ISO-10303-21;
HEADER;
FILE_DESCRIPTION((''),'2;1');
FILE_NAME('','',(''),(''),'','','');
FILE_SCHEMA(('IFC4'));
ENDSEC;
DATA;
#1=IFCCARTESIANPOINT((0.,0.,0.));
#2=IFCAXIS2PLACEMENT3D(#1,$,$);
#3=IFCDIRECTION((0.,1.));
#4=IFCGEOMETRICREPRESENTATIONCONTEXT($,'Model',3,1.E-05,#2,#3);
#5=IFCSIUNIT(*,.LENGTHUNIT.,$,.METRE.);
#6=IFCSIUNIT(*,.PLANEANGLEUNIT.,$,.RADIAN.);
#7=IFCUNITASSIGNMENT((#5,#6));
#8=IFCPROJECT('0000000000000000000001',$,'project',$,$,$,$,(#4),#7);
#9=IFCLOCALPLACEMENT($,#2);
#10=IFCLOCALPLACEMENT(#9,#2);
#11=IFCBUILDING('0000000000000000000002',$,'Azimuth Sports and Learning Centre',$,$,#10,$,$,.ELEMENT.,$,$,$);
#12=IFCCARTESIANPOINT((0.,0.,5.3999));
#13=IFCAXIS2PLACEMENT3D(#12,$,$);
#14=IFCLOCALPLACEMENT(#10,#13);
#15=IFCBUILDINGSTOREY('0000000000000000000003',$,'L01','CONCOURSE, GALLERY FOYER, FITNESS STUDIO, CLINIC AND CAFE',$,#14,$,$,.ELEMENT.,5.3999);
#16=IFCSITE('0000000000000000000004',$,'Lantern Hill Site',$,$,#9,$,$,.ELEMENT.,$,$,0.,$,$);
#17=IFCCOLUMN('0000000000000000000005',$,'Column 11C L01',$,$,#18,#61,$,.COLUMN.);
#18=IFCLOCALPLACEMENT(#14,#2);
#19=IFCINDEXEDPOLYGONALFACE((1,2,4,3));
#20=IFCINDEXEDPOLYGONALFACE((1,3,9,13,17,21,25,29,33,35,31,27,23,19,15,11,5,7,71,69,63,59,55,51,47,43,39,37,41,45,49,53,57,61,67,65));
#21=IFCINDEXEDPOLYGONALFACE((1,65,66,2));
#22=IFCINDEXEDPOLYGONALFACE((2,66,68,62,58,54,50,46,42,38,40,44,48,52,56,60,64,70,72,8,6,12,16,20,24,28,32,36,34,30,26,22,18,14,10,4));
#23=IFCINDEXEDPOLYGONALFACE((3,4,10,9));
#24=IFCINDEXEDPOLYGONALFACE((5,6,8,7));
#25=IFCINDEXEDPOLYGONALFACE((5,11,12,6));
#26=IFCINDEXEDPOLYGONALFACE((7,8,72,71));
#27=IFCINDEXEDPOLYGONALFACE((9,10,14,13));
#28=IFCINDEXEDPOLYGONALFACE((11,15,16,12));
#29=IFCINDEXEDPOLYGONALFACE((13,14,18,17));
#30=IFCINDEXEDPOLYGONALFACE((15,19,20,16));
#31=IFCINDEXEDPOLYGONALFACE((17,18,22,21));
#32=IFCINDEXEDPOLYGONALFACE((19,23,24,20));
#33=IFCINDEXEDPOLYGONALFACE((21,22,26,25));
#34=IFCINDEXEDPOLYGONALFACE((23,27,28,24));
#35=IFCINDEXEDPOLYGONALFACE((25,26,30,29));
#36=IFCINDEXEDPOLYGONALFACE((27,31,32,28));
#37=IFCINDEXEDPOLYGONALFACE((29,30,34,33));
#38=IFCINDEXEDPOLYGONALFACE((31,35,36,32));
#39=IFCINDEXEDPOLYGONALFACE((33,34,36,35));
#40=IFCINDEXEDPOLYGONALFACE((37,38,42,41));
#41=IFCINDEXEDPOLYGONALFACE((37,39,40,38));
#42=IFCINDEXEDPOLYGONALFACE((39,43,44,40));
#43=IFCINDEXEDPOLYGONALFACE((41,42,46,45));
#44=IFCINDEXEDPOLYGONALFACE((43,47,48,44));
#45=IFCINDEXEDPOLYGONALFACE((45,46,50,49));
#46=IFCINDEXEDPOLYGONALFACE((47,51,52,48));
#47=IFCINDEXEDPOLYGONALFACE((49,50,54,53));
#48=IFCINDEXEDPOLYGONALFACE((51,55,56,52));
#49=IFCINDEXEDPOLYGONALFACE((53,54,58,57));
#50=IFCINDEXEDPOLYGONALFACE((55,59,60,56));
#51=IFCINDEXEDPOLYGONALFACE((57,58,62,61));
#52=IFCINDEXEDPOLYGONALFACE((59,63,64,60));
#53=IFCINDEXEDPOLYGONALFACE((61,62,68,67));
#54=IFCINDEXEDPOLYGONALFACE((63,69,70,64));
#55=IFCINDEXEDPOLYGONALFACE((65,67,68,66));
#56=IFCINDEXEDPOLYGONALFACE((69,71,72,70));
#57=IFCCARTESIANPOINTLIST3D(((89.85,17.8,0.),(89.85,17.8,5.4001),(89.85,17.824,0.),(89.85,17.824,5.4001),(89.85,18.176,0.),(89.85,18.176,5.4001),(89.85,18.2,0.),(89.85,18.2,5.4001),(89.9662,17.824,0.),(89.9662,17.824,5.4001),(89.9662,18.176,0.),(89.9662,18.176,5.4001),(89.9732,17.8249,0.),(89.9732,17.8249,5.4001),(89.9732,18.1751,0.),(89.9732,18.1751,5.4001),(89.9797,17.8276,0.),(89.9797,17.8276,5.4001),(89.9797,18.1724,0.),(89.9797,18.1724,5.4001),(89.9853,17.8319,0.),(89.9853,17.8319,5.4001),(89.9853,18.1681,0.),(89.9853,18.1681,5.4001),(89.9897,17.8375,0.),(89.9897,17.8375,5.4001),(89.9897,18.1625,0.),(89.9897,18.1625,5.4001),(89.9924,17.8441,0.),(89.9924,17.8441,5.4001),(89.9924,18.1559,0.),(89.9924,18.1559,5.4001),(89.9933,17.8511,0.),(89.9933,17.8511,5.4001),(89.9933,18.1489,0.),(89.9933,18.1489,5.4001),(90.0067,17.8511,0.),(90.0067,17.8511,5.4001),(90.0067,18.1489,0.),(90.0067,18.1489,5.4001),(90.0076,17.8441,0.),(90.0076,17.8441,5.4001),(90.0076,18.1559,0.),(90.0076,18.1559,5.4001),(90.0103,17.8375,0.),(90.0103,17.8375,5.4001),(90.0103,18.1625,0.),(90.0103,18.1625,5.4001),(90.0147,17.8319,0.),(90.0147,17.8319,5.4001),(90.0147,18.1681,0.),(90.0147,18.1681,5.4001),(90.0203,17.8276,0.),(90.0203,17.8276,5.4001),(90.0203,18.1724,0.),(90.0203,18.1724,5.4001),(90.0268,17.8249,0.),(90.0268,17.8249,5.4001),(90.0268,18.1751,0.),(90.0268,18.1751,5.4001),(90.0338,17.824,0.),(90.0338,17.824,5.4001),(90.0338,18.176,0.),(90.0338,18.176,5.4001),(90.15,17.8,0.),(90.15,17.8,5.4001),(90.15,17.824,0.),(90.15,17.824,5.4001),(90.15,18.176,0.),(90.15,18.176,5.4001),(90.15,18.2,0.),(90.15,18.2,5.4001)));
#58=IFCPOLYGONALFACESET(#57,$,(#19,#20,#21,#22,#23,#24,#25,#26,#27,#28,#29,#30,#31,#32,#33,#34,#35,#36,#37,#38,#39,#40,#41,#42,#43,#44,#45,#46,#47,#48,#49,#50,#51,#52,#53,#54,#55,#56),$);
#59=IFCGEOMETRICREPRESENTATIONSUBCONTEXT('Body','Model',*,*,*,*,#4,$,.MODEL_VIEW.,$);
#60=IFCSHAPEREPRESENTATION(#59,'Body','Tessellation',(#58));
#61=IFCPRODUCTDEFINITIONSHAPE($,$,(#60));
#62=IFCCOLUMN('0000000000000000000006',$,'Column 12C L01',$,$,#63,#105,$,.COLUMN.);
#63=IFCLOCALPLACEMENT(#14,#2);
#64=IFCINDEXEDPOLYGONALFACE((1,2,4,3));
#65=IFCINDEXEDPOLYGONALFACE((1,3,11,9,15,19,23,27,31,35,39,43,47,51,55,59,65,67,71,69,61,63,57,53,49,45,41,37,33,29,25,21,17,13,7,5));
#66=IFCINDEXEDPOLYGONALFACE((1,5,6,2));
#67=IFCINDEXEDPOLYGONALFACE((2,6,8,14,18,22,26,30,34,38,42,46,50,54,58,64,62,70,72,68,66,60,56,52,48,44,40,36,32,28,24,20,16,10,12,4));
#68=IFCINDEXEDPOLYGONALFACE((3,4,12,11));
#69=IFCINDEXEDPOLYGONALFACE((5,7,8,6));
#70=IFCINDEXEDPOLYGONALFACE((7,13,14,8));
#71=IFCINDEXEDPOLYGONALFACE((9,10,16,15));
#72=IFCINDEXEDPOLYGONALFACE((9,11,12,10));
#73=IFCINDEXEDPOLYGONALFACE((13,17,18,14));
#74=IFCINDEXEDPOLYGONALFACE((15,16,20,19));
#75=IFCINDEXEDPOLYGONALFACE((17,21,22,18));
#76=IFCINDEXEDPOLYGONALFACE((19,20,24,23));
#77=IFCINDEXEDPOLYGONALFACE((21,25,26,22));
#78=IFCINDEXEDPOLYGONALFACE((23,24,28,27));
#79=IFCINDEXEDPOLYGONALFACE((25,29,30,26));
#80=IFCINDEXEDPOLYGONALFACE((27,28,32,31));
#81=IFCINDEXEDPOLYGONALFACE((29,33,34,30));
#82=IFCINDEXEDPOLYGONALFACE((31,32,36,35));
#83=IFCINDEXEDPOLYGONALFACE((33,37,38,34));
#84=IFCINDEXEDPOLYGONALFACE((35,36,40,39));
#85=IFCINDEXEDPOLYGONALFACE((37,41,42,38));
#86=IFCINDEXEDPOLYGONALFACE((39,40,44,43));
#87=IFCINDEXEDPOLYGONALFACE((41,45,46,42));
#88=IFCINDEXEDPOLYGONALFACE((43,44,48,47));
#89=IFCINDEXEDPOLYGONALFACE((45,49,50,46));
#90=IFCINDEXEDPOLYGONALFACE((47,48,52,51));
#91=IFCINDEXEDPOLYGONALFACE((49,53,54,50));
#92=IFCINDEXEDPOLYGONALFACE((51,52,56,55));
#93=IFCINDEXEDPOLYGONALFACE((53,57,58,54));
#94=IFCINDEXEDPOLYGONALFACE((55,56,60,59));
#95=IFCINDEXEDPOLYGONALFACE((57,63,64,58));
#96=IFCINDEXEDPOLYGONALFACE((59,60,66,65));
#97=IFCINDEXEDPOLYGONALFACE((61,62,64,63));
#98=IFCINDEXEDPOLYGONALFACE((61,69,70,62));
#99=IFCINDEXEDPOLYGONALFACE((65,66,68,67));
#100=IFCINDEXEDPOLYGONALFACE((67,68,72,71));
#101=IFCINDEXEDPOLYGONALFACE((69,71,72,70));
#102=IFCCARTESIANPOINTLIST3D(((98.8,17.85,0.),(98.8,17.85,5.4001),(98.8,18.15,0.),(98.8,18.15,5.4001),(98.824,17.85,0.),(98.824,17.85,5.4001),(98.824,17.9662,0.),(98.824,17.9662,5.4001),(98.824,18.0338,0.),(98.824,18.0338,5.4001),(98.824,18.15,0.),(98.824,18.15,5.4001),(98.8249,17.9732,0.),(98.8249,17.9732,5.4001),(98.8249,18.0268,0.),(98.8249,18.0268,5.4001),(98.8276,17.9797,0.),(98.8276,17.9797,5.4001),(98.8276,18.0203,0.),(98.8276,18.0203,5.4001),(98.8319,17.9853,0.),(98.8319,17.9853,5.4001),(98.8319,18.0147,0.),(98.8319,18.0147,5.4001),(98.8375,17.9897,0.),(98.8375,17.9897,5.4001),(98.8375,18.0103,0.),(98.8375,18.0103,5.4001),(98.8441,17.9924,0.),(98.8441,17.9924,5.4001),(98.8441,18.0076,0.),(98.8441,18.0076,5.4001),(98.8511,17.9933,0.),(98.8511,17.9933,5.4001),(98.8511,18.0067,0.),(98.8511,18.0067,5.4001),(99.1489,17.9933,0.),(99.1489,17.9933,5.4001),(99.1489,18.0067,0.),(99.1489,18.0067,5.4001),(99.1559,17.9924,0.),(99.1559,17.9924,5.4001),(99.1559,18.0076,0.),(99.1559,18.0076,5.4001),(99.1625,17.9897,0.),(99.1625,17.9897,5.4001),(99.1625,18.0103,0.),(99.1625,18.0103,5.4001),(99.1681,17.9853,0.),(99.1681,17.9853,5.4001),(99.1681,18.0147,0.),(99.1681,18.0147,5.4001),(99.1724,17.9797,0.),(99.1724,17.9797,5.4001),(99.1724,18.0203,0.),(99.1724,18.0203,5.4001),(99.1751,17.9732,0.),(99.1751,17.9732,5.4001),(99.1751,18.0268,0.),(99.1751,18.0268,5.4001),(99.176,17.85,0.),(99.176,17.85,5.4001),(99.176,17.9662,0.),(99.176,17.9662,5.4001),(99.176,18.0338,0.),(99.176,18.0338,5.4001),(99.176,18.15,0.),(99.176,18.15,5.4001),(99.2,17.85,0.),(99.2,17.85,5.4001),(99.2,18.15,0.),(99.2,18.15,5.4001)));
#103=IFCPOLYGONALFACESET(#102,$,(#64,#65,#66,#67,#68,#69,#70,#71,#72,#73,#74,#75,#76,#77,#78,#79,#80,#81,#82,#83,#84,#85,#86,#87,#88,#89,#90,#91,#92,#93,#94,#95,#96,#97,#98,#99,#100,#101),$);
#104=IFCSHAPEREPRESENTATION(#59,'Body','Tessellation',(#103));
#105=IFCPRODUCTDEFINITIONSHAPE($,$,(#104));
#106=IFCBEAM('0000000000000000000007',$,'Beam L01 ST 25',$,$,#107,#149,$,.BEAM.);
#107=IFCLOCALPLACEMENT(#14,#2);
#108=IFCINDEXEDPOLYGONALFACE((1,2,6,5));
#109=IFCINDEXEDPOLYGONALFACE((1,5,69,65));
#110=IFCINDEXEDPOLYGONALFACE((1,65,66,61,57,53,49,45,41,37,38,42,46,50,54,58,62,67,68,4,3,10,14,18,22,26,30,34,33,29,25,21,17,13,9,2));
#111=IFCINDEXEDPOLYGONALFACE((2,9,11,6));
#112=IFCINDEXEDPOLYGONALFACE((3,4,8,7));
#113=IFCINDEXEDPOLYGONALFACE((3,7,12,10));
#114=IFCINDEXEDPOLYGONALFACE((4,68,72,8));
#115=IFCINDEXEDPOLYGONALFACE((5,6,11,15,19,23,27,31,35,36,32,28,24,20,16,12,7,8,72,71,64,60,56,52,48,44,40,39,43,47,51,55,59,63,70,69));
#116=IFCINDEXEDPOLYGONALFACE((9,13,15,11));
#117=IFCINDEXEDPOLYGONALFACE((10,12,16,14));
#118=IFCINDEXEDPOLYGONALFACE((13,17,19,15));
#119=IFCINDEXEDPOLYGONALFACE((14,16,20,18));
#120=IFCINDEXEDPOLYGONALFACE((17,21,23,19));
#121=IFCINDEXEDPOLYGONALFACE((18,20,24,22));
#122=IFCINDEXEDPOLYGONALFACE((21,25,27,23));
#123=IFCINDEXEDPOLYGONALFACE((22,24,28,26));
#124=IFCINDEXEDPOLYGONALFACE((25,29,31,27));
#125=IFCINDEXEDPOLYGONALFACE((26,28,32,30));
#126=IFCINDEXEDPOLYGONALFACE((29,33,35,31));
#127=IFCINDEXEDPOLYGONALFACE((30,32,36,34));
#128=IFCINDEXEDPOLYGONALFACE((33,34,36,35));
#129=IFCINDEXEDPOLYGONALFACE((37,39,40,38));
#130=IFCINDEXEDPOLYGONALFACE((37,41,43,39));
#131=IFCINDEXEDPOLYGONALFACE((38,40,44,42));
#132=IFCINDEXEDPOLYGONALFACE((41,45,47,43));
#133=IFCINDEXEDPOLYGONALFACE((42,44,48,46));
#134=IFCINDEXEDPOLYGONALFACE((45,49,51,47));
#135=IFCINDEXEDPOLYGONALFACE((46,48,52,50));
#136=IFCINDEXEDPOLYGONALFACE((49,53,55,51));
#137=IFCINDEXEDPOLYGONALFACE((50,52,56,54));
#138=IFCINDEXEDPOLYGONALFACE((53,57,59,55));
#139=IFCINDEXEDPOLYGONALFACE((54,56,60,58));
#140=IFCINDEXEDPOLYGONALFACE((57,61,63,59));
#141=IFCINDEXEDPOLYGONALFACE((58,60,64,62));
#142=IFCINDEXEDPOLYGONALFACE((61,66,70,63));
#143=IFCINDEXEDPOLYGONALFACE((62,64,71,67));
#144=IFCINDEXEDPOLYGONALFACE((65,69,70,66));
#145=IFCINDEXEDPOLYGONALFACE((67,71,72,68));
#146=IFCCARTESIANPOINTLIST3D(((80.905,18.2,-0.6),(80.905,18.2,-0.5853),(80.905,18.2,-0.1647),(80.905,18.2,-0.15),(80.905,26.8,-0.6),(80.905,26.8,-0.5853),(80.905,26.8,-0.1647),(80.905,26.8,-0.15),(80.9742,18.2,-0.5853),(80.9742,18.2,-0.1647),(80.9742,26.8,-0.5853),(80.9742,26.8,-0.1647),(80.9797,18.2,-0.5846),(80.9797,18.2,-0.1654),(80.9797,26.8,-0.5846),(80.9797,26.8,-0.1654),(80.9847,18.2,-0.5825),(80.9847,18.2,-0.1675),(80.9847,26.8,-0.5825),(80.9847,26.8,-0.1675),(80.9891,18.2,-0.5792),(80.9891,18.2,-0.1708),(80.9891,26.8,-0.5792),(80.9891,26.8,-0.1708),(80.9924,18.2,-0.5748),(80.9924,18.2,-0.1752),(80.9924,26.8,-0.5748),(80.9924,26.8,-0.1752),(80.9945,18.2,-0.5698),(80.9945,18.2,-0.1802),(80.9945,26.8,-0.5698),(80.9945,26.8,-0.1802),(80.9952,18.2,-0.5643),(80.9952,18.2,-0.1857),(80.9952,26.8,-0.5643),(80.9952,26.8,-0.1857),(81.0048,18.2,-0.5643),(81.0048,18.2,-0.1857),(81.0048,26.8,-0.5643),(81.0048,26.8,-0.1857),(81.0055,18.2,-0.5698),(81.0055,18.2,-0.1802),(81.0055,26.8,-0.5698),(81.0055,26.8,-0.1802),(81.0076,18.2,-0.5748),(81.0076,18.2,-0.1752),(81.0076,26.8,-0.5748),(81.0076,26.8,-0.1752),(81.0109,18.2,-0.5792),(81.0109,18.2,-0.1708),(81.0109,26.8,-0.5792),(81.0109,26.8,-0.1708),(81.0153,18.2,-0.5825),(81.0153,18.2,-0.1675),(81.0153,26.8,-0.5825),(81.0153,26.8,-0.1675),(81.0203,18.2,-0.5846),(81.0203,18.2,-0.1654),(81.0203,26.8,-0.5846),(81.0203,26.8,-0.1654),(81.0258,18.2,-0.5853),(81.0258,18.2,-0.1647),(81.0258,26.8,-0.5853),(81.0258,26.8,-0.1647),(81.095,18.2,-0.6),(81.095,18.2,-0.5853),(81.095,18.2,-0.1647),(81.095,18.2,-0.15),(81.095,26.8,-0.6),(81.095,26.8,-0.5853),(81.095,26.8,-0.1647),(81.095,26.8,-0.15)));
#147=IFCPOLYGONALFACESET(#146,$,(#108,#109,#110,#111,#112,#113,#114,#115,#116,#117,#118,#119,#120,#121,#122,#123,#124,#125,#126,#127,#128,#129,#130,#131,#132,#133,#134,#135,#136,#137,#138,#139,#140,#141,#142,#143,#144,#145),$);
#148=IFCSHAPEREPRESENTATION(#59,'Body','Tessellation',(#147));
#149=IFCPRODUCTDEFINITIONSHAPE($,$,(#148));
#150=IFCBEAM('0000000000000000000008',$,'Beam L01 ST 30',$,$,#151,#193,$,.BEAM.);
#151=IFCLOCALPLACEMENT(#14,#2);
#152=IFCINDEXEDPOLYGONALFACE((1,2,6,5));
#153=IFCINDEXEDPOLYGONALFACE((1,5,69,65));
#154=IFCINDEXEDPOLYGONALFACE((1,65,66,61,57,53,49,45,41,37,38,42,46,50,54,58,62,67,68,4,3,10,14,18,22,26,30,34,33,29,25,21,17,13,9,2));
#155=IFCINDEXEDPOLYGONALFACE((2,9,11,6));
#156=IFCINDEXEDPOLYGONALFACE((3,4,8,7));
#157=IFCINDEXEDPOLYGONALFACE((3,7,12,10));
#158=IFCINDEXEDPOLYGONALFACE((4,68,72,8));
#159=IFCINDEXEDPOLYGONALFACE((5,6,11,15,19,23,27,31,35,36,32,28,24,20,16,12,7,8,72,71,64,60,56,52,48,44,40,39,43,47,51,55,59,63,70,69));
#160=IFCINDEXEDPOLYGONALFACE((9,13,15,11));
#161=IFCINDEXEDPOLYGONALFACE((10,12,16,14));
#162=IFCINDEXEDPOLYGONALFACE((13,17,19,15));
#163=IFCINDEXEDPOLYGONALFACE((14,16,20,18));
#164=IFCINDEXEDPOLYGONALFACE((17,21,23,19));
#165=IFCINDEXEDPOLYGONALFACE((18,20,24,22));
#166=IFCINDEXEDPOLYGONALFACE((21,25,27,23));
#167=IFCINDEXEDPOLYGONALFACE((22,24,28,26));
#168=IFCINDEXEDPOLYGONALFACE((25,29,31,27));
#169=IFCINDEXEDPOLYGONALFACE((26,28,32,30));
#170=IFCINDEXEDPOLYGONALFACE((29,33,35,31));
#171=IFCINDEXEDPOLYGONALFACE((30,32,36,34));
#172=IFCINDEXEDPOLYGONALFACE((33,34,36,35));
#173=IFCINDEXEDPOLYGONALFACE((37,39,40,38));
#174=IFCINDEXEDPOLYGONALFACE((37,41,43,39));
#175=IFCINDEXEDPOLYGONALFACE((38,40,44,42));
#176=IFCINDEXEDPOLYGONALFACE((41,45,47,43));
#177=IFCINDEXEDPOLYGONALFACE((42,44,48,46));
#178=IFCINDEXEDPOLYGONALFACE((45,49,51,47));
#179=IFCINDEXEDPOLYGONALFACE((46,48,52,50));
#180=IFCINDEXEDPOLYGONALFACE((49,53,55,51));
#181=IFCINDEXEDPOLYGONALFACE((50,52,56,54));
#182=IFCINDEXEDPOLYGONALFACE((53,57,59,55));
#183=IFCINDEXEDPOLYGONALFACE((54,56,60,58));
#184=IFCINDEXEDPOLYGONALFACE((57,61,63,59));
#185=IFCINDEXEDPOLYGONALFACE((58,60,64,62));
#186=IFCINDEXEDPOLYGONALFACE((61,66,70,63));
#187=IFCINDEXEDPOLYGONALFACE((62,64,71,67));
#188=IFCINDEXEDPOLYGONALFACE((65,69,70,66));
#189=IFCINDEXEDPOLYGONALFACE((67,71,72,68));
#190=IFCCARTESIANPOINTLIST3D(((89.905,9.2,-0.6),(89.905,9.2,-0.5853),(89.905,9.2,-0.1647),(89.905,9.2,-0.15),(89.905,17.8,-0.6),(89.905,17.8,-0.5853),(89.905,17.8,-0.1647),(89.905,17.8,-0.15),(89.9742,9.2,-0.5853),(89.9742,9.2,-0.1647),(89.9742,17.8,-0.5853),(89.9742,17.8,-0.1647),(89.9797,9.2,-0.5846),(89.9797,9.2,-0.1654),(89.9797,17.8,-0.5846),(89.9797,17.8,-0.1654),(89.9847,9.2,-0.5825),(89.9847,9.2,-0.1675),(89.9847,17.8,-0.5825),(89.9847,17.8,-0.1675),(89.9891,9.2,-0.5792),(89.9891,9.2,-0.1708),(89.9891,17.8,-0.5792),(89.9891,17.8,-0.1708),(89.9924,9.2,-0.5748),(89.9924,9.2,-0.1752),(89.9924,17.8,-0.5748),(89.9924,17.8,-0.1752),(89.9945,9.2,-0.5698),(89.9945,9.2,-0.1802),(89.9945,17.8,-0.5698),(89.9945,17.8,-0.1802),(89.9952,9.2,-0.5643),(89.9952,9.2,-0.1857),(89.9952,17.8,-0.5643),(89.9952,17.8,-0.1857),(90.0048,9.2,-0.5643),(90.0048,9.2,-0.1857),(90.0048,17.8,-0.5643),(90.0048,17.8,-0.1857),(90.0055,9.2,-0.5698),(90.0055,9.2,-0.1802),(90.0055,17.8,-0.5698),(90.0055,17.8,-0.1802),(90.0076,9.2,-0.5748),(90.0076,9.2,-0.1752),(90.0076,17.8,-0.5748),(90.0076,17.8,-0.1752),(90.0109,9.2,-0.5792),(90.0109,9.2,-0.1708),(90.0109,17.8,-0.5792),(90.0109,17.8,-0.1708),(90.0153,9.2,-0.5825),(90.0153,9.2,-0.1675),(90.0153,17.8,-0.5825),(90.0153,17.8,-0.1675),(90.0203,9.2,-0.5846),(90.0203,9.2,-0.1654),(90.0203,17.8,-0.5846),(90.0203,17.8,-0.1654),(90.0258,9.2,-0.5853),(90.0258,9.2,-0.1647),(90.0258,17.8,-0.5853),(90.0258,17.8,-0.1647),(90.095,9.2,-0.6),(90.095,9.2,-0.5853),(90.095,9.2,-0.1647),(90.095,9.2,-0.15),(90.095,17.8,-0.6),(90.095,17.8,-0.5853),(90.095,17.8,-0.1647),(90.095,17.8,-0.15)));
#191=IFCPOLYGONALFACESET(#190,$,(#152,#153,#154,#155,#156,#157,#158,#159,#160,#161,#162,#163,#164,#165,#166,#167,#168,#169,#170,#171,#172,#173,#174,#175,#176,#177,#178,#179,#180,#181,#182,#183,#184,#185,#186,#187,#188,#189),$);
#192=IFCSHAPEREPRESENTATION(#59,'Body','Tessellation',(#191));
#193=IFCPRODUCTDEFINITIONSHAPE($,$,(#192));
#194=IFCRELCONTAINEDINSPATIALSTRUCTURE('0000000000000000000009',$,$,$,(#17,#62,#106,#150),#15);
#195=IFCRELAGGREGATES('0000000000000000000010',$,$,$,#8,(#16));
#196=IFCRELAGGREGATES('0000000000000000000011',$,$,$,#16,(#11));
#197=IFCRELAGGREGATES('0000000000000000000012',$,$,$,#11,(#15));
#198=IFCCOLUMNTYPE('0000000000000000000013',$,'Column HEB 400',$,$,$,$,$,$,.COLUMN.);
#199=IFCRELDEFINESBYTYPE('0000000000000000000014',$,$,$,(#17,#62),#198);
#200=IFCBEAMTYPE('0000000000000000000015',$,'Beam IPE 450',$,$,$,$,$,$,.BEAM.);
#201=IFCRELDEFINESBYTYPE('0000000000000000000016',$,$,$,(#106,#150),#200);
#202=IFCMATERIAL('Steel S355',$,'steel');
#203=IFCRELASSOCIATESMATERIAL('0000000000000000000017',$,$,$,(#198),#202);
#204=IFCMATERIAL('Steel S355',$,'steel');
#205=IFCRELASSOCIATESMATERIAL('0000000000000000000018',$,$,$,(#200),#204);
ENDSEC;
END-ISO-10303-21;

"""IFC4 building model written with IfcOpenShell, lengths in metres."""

from ifc_helpers import new_model, si_unit, direction, frame, origin, origin_2d, place, context, subcontext, project, spatial, i_section, extrude, material, material_profile, profile_set, type_object, element, save


model = new_model("IFC4")

# Units and contexts
model_context = context("Model", 3, precision=1e-05, world=origin(), true_north=direction((0.0, 1.0)))
body_context = subcontext(model_context, "Body", "Model", "MODEL_VIEW")
ifc_project = project(units=[si_unit("LENGTHUNIT", "METRE"), si_unit("PLANEANGLEUNIT", "RADIAN")], contexts=[model_context])

# Site, building, storey
site_placement = place(None, origin())
site = spatial("IfcSite", under=ifc_project, at=site_placement, Name="Lantern Hill Site", CompositionType="ELEMENT", RefElevation=0.0)
building_placement = place(site_placement, origin())
building = spatial("IfcBuilding", under=site, at=building_placement, Name="Azimuth Sports and Learning Centre", CompositionType="ELEMENT")
storey_placement = place(building_placement, frame((0.0, 0.0, 5.3999)))
storey = spatial("IfcBuildingStorey", under=building, at=storey_placement, Name="L01", Description="CONCOURSE, GALLERY FOYER, FITNESS STUDIO, CLINIC AND CAFE", CompositionType="ELEMENT", Elevation=5.3999)

# Columns
ifc_material_1 = material(Name="Steel S355", Category="steel")
ifc_material_profile_1 = material_profile(ifc_material_1, i_section(OverallWidth=0.3, OverallDepth=0.3999, WebThickness=0.0134, FlangeThickness=0.0239, FilletRadius=0.0271, at=origin_2d()), Name="HEB 400")
ifc_profile_set_1 = profile_set([ifc_material_profile_1], Name="Steel S355")
column_type = type_object("IfcColumnType", Name="Column HEB 400", PredefinedType="COLUMN", material=ifc_profile_set_1)
for number, where, z_axis, x_axis, name in (
    (1, (90.0, 18.0, 0.0), (0.0, 0.0, 1.0), (1.0, 0.0, 0.0), "Column 11C L01"),
    (2, (99.0, 18.0, 0.0), (0.0, 0.0, 1.0), (0.0, 1.0, 0.0), "Column 12C L01"),
):
    element("IfcColumn", number, at=place(storey_placement, frame(where, z_axis=z_axis, x_axis=x_axis)), inside=storey, type_object=column_type, Name=name, PredefinedType="COLUMN", context=body_context, shape_type="SweptSolid", body=[
        extrude(i_section(OverallWidth=0.3, OverallDepth=0.3999, WebThickness=0.0134, FlangeThickness=0.0239, FilletRadius=0.0271, at=origin_2d()), origin(), (0.0, 0.0, 1.0), 5.4001),
    ])

# Beams
ifc_material_2 = material(Name="Steel S355", Category="steel")
ifc_material_profile_2 = material_profile(ifc_material_2, i_section(OverallWidth=0.1899, OverallDepth=0.45, WebThickness=0.0095, FlangeThickness=0.0146, FilletRadius=0.021, at=origin_2d()), Name="IPE 450")
ifc_profile_set_2 = profile_set([ifc_material_profile_2], Name="Steel S355")
beam_type_1 = type_object("IfcBeamType", Name="Beam IPE 450", PredefinedType="BEAM", material=ifc_profile_set_2)
for number, where, z_axis, x_axis, name in (
    (3, (81.0, 18.2, -0.375), (0.0, 1.0, 0.0), (-1.0, 0.0, 0.0), "Beam L01 ST 25"),
    (4, (90.0, 9.2, -0.375), (0.0, 1.0, 0.0), (-1.0, 0.0, 0.0), "Beam L01 ST 30"),
):
    element("IfcBeam", number, at=place(storey_placement, frame(where, z_axis=z_axis, x_axis=x_axis)), inside=storey, type_object=beam_type_1, Name=name, PredefinedType="BEAM", context=body_context, shape_type="SweptSolid", body=[
        extrude(i_section(OverallWidth=0.1899, OverallDepth=0.45, WebThickness=0.0095, FlangeThickness=0.0146, FilletRadius=0.021, at=origin_2d()), origin(), (0.0, 0.0, 1.0), 8.6001),
    ])

save(model, "model.ifc")
